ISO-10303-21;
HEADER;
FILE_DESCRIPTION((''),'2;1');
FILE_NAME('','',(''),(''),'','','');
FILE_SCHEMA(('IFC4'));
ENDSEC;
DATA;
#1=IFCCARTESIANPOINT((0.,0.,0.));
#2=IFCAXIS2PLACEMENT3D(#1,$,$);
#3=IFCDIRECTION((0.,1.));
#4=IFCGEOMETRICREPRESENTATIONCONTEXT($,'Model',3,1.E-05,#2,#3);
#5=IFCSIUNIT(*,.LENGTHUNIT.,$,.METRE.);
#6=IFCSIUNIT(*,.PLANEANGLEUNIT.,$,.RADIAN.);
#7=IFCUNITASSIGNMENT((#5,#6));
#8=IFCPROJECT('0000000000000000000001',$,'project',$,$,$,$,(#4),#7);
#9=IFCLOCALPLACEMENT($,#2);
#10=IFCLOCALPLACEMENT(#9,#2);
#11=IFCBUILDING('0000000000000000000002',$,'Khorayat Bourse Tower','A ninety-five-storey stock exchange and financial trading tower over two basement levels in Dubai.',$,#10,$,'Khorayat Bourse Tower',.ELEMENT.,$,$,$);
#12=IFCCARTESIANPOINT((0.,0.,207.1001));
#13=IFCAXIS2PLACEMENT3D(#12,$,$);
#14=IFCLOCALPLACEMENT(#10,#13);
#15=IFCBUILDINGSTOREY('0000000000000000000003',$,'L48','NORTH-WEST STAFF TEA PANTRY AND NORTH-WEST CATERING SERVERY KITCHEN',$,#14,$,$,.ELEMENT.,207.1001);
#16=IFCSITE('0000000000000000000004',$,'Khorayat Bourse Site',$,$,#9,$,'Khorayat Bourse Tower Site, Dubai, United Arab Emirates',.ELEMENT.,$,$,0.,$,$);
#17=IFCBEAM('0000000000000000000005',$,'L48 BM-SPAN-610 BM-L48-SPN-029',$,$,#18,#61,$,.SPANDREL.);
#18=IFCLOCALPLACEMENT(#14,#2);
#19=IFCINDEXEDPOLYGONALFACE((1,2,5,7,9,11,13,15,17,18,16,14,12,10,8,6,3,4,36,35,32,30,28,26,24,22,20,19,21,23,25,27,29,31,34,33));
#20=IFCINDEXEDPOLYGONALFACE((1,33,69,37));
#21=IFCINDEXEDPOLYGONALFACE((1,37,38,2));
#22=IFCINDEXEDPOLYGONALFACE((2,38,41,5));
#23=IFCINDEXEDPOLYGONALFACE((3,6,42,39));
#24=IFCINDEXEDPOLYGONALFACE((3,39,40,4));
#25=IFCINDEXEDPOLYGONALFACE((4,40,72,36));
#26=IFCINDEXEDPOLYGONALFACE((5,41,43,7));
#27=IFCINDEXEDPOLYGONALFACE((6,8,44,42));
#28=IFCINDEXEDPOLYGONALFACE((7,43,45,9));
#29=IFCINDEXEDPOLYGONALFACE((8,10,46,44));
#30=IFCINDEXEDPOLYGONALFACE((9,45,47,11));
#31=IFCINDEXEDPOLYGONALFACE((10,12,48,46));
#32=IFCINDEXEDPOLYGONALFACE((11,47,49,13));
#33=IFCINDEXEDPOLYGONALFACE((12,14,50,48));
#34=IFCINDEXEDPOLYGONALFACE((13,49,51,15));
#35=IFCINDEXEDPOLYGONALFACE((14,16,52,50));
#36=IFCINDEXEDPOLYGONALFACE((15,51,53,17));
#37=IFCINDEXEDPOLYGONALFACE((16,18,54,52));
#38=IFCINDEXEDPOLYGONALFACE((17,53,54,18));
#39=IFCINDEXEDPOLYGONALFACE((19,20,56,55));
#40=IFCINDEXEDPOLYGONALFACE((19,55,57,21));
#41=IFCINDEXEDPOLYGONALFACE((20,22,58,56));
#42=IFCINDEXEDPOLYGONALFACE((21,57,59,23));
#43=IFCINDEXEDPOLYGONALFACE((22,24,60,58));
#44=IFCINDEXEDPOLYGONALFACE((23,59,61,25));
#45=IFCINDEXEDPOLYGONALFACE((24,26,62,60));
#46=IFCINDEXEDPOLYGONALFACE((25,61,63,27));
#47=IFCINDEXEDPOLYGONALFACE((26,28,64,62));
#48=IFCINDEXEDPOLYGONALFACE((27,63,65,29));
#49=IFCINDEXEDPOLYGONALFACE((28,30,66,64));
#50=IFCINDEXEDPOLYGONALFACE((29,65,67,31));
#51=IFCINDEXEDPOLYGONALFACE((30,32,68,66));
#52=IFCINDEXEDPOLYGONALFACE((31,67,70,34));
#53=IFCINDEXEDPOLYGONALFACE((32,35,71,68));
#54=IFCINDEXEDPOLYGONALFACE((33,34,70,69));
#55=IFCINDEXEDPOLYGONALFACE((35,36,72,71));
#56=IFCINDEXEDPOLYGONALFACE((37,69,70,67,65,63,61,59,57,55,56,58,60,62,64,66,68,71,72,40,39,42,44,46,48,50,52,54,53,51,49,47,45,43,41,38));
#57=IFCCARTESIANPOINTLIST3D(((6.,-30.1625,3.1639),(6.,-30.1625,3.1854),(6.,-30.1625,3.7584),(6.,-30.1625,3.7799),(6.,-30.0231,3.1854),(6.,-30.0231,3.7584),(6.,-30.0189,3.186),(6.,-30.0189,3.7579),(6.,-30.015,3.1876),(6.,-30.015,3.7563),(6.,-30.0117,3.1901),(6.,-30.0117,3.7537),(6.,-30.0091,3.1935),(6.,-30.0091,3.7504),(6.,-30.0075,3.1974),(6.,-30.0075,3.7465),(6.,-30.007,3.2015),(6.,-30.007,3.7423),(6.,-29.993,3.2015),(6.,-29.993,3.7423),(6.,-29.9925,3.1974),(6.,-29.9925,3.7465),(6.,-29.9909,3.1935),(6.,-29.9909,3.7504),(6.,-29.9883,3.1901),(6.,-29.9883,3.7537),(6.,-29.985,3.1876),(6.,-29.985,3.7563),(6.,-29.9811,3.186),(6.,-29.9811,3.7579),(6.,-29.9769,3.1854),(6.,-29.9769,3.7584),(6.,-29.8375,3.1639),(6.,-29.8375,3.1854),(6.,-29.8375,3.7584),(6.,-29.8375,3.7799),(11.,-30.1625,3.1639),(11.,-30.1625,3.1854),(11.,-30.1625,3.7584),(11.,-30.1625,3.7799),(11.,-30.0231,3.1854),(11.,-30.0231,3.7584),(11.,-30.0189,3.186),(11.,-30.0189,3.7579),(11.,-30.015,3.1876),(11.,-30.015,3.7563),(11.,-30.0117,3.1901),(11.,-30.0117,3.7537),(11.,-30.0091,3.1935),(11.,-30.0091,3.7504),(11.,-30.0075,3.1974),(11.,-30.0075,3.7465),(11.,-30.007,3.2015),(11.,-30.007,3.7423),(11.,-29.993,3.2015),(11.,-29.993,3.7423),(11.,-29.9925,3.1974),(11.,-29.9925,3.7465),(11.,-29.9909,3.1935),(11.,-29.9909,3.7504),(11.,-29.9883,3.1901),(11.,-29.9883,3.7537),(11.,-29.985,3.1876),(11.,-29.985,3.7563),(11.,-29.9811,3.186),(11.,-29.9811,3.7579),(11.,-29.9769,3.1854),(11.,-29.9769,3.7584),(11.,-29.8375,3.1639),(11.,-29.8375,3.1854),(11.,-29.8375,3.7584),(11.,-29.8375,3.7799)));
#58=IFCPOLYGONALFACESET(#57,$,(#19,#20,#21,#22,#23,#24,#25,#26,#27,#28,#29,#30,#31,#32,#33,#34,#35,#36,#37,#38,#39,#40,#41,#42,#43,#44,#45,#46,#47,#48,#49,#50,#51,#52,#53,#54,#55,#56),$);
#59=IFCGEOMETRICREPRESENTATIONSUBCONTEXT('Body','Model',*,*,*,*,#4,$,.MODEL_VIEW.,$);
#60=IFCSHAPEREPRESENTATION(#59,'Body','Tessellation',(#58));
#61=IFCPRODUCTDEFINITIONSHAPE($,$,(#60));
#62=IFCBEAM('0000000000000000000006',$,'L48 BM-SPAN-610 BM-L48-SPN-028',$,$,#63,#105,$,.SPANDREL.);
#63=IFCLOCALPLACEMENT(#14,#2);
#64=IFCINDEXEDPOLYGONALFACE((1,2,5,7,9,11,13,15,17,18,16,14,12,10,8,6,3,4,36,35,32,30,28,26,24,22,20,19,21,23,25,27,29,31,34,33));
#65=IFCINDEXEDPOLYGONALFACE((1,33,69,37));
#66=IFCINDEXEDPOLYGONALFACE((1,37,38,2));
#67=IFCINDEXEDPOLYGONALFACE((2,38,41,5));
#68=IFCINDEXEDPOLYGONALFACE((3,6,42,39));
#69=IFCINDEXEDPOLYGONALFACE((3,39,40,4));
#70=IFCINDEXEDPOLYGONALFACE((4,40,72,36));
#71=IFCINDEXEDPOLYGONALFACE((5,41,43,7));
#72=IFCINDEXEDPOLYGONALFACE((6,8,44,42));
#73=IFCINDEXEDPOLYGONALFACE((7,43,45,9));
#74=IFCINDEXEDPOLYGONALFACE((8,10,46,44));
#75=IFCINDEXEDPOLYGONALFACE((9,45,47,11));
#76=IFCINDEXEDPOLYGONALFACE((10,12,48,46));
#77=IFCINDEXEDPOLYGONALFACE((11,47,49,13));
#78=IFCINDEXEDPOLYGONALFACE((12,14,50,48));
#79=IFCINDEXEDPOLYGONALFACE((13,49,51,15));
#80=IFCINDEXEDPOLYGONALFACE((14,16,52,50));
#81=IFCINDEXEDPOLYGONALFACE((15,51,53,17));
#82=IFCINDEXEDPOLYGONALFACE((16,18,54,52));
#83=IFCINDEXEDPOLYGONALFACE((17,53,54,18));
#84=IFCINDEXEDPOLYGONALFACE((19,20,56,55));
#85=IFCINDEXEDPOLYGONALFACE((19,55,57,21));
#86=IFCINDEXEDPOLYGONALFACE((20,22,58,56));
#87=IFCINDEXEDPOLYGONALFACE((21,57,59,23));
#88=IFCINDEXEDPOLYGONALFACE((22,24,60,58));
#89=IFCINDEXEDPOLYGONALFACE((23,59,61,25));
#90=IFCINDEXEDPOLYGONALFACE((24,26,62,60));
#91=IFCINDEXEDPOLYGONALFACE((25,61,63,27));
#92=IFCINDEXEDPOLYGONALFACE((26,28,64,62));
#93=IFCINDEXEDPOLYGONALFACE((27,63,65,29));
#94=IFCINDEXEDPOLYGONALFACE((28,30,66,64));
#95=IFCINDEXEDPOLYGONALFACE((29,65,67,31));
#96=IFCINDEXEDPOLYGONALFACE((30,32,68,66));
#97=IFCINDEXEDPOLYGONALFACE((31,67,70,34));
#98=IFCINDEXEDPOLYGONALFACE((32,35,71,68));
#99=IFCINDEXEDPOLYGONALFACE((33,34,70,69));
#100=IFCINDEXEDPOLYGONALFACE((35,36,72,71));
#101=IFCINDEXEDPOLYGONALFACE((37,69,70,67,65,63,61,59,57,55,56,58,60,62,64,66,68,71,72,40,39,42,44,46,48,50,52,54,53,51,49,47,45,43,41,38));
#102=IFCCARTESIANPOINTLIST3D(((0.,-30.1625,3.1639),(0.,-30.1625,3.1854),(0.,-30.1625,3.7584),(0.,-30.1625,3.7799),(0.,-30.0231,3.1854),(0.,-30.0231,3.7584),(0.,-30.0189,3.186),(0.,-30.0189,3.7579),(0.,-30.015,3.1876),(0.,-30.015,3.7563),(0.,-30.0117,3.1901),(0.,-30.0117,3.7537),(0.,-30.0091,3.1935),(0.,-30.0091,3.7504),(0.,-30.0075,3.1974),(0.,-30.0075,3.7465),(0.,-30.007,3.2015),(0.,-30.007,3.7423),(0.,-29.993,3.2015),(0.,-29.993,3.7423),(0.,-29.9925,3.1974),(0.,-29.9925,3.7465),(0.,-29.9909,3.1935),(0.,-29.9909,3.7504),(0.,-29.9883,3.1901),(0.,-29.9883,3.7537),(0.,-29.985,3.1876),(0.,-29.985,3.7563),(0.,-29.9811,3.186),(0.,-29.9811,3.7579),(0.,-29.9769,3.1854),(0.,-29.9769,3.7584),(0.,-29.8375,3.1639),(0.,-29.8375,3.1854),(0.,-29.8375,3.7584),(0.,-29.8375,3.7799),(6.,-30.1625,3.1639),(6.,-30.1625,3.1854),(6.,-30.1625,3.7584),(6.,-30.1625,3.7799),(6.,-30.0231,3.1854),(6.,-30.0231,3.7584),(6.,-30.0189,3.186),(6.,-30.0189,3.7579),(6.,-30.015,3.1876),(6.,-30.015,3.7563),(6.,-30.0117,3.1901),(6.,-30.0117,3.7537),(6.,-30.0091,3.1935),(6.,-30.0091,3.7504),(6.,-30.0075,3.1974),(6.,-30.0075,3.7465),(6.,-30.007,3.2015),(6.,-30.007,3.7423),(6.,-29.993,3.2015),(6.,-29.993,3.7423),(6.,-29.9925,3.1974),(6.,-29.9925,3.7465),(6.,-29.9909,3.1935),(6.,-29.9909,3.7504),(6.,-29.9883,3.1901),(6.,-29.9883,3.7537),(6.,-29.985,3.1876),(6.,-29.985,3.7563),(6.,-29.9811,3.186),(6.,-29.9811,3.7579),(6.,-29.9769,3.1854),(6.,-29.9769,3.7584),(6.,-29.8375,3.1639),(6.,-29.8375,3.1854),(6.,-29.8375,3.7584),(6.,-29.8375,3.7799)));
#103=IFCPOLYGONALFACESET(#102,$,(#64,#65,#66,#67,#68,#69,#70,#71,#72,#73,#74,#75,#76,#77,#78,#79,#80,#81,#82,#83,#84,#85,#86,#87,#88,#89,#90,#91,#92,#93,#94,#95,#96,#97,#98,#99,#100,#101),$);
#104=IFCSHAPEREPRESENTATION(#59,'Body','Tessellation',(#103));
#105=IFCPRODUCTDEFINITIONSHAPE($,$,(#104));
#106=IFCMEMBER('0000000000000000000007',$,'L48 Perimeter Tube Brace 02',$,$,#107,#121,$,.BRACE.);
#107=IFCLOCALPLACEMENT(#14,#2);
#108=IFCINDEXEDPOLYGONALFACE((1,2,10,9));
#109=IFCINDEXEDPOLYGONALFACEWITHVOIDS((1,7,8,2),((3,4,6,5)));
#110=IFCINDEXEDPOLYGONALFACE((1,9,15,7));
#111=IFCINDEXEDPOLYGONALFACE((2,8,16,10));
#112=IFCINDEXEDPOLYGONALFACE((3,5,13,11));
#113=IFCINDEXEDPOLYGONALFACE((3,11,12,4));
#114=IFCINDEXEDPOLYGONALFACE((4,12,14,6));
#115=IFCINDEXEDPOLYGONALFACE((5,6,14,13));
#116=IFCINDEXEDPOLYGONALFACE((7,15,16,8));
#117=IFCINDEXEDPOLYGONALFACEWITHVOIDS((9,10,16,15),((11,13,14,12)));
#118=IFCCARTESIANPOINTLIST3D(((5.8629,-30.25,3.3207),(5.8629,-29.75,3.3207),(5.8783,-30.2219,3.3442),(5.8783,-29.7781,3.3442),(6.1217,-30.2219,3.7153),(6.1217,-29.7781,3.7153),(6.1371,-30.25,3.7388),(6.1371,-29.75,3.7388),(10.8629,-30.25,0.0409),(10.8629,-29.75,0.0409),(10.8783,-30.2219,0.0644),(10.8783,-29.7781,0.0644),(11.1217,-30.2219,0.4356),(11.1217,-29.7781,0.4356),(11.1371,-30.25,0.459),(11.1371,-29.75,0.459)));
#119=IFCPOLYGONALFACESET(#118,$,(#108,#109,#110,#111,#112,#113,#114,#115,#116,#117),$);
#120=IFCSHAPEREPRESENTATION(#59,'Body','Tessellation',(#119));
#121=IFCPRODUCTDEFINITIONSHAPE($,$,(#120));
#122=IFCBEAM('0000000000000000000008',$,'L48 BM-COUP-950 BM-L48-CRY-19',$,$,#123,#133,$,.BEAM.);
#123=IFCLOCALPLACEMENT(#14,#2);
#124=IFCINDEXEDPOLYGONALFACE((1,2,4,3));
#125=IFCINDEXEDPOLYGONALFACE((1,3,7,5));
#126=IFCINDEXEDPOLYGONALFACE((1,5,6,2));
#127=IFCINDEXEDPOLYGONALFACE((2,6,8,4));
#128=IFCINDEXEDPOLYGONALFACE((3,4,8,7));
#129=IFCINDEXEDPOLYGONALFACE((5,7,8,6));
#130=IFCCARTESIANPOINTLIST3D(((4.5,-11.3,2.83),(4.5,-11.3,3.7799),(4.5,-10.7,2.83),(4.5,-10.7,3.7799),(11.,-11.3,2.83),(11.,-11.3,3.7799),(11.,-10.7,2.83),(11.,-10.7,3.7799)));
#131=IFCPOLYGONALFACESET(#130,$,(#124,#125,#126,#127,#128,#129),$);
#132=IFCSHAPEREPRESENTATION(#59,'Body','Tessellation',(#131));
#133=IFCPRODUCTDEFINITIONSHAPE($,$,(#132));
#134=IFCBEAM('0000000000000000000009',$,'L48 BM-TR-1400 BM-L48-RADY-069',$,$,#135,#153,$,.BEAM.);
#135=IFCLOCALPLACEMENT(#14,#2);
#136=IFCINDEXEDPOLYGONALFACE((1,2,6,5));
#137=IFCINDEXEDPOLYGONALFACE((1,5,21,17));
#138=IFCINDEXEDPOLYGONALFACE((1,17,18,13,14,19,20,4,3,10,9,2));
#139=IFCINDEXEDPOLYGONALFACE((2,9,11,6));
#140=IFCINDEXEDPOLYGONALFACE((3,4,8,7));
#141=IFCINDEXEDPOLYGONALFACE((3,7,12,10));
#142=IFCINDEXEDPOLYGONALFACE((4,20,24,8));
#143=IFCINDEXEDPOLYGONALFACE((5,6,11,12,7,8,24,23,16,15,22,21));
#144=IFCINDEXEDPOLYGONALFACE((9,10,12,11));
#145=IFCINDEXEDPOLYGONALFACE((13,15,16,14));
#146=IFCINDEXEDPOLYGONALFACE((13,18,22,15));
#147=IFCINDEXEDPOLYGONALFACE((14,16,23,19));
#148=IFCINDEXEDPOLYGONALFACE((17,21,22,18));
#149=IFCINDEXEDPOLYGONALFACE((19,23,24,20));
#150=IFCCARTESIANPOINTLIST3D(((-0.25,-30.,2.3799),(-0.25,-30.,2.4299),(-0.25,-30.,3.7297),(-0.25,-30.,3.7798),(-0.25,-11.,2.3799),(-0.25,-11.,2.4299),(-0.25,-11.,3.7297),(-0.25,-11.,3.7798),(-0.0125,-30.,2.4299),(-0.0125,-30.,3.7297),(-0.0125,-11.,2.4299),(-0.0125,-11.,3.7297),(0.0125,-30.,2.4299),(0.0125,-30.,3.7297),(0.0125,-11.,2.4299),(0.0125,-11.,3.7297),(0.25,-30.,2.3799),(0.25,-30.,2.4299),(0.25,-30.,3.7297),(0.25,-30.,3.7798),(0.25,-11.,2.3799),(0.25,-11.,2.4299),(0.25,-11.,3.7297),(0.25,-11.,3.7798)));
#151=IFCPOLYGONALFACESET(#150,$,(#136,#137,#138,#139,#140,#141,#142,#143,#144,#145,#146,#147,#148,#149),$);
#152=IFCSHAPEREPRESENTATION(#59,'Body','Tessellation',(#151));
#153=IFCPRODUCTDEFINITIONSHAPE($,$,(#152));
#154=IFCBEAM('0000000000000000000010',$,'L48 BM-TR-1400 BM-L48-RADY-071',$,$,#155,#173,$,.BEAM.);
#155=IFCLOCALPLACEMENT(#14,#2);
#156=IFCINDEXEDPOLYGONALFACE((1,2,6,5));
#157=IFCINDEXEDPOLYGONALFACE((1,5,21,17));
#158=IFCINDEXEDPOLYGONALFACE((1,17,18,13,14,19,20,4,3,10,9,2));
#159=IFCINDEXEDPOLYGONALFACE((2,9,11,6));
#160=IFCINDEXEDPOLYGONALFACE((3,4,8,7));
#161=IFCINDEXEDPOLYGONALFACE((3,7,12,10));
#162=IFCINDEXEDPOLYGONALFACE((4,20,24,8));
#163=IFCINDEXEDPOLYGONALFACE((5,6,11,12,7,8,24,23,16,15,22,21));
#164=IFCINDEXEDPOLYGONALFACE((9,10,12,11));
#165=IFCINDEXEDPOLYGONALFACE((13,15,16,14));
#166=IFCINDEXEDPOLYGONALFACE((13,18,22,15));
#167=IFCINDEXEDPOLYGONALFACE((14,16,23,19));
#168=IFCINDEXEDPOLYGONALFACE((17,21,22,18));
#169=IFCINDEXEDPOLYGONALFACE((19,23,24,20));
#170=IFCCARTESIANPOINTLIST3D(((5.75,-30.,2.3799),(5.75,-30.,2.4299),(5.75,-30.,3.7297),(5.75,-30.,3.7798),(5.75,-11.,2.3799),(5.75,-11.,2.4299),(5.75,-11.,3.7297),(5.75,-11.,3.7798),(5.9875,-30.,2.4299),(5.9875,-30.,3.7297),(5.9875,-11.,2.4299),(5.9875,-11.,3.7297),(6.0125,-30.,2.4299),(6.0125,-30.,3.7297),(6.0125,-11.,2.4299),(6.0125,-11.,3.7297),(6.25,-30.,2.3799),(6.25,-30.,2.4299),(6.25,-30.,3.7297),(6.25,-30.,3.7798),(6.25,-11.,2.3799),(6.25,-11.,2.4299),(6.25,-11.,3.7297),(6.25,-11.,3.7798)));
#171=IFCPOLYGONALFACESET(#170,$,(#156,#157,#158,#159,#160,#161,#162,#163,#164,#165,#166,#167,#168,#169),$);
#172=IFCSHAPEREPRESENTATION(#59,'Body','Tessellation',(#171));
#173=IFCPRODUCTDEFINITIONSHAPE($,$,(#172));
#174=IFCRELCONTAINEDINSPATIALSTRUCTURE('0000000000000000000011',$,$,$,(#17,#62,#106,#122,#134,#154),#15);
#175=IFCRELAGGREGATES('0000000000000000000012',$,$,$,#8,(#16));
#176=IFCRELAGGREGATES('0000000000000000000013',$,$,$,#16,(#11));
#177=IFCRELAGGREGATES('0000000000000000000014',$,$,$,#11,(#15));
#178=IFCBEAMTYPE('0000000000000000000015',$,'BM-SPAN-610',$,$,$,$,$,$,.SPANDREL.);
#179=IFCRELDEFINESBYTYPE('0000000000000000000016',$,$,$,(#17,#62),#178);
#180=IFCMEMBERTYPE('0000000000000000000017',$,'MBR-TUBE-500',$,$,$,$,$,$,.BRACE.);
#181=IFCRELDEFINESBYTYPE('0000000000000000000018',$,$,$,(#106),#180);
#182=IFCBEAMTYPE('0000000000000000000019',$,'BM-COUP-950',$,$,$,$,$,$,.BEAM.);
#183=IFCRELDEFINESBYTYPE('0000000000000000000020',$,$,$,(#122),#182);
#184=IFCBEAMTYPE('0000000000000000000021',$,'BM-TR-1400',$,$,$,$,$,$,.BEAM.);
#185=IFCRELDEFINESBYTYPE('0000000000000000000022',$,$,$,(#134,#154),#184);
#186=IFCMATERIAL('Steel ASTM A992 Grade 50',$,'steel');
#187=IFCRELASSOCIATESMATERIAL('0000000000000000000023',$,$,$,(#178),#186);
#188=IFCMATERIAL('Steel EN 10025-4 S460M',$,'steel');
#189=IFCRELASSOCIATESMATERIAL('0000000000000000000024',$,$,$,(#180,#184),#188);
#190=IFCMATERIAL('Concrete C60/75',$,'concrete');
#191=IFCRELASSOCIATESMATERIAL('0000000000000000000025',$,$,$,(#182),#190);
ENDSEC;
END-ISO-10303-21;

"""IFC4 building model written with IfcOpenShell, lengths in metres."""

from ifc_helpers import new_model, si_unit, direction, frame, origin, origin_2d, place, context, subcontext, project, spatial, rectangle, hollow_rectangle, i_section, extrude, source, transform, mapped, material, material_profile, profile_set, type_object, element, save


model = new_model("IFC4")

# Units and contexts
model_context = context("Model", 3, precision=1e-05, world=origin(), true_north=direction((0.0, 1.0)))
body_context = subcontext(model_context, "Body", "Model", "MODEL_VIEW")
ifc_project = project(units=[si_unit("LENGTHUNIT", "METRE"), si_unit("PLANEANGLEUNIT", "RADIAN")], contexts=[model_context])

# Site, building, storey
site_placement = place(None, origin())
site = spatial("IfcSite", under=ifc_project, at=site_placement, Name="Khorayat Bourse Site", LongName="Khorayat Bourse Tower Site, Dubai, United Arab Emirates", CompositionType="ELEMENT", RefElevation=0.0)
building_placement = place(site_placement, origin())
building = spatial("IfcBuilding", under=site, at=building_placement, Name="Khorayat Bourse Tower", Description="A ninety-five-storey stock exchange and financial trading tower over two basement levels in Dubai.", LongName="Khorayat Bourse Tower", CompositionType="ELEMENT")
storey_placement = place(building_placement, frame((0.0, 0.0, 207.1001)))
storey = spatial("IfcBuildingStorey", under=building, at=storey_placement, Name="L48", Description="NORTH-WEST STAFF TEA PANTRY AND NORTH-WEST CATERING SERVERY KITCHEN", CompositionType="ELEMENT", Elevation=207.1001)

# Shared definitions
ifc_material_1 = material(Name="Steel EN 10025-4 S460M", Category="steel")
ifc_material_2 = material(Name="Concrete C60/75", Category="concrete")

# Beams
ifc_material_3 = material(Name="Steel ASTM A992 Grade 50", Category="steel")
ifc_material_profile_1 = material_profile(ifc_material_3, i_section(OverallWidth=0.325, OverallDepth=0.616, WebThickness=0.0139, FlangeThickness=0.0215, FilletRadius=0.0161, at=origin_2d()), Name="W610X174")
ifc_profile_set_1 = profile_set([ifc_material_profile_1], Name="Steel ASTM A992 Grade 50")
beam_type_1 = type_object("IfcBeamType", Name="BM-SPAN-610", PredefinedType="SPANDREL", material=ifc_profile_set_1)
shared_shape_1 = source(origin(), body_context, "Body", "SweptSolid", [
    extrude(i_section(OverallWidth=0.325, OverallDepth=0.616, WebThickness=0.0139, FlangeThickness=0.0215, FilletRadius=0.0161, at=origin_2d()), origin(), (0.0, 0.0, 1.0), 5.0),
])
beam_1_placement = place(storey_placement, frame((6.0, -30.0, 3.4719), z_axis=(1.0, 0.0, 0.0), x_axis=(0.0, 1.0, 0.0)))
element("IfcBeam", 1, at=beam_1_placement, inside=storey, type_object=beam_type_1, Name="L48 BM-SPAN-610 BM-L48-SPN-029", PredefinedType="SPANDREL", context=body_context, shape_type="MappedRepresentation", body=[
    mapped(shared_shape_1, transform((0.0, 0.0, 0.0), scale=1.0)),
])
shared_shape_2 = source(origin(), body_context, "Body", "SweptSolid", [
    extrude(i_section(OverallWidth=0.325, OverallDepth=0.616, WebThickness=0.0139, FlangeThickness=0.0215, FilletRadius=0.0161, at=origin_2d()), origin(), (0.0, 0.0, 1.0), 6.0),
])
beam_2_placement = place(storey_placement, frame((0.0, -30.0, 3.4719), z_axis=(1.0, 0.0, 0.0), x_axis=(0.0, 1.0, 0.0)))
element("IfcBeam", 2, at=beam_2_placement, inside=storey, type_object=beam_type_1, Name="L48 BM-SPAN-610 BM-L48-SPN-028", PredefinedType="SPANDREL", context=body_context, shape_type="MappedRepresentation", body=[
    mapped(shared_shape_2, transform((0.0, 0.0, 0.0), scale=1.0)),
])

# Member
ifc_material_profile_2 = material_profile(ifc_material_1, hollow_rectangle(XDim=0.5, YDim=0.5, WallThickness=0.0281, at=origin_2d()), Name="HSS 500x500x28")
ifc_profile_set_2 = profile_set([ifc_material_profile_2], Name="Steel EN 10025-4 S460M")
member_type_1 = type_object("IfcMemberType", Name="MBR-TUBE-500", PredefinedType="BRACE", material=ifc_profile_set_2)
shared_shape_3 = source(origin(), body_context, "Body", "SweptSolid", [
    extrude(hollow_rectangle(XDim=0.5, YDim=0.5, WallThickness=0.0281, at=origin_2d()), origin(), (0.0, 0.0, 1.0), 5.9797),
])
member_1_placement = place(storey_placement, frame((6.0, -30.0, 3.5298), z_axis=(0.83616, 0.0, -0.548485), x_axis=(0.0, 1.0, 0.0)))
element("IfcMember", 3, at=member_1_placement, inside=storey, type_object=member_type_1, Name="L48 Perimeter Tube Brace 02", PredefinedType="BRACE", context=body_context, shape_type="MappedRepresentation", body=[
    mapped(shared_shape_3, transform((0.0, 0.0, 0.0), scale=1.0)),
])

# Beams
ifc_material_profile_3 = material_profile(ifc_material_2, rectangle(XDim=0.6001, YDim=0.95, at=origin_2d()), Name="RC 600x950")
ifc_profile_set_3 = profile_set([ifc_material_profile_3], Name="Concrete C60/75")
beam_type_2 = type_object("IfcBeamType", Name="BM-COUP-950", PredefinedType="BEAM", material=ifc_profile_set_3)
shared_shape_4 = source(origin(), body_context, "Body", "SweptSolid", [
    extrude(rectangle(XDim=0.6001, YDim=0.95, at=origin_2d()), origin(), (0.0, 0.0, 1.0), 6.5),
])
beam_3_placement = place(storey_placement, frame((4.5, -11.0, 3.3049), z_axis=(1.0, 0.0, 0.0), x_axis=(0.0, 1.0, 0.0)))
element("IfcBeam", 4, at=beam_3_placement, inside=storey, type_object=beam_type_2, Name="L48 BM-COUP-950 BM-L48-CRY-19", PredefinedType="BEAM", context=body_context, shape_type="MappedRepresentation", body=[
    mapped(shared_shape_4, transform((0.0, 0.0, 0.0), scale=1.0)),
])
ifc_material_profile_4 = material_profile(ifc_material_1, i_section(OverallWidth=0.5, OverallDepth=1.3999, WebThickness=0.0249, FlangeThickness=0.05, at=origin_2d()), Name="PG 1400x500x25x50")
ifc_profile_set_4 = profile_set([ifc_material_profile_4], Name="Steel EN 10025-4 S460M")
beam_type_3 = type_object("IfcBeamType", Name="BM-TR-1400", PredefinedType="BEAM", material=ifc_profile_set_4)
shared_shape_5 = source(origin(), body_context, "Body", "SweptSolid", [
    extrude(i_section(OverallWidth=0.5, OverallDepth=1.3999, WebThickness=0.0249, FlangeThickness=0.05, at=origin_2d()), origin(), (0.0, 0.0, 1.0), 19.0),
])
for number, where, z_axis, x_axis, name in (
    (5, (0.0, -30.0, 3.0798), (0.0, 1.0, 0.0), (-1.0, 0.0, 0.0), "L48 BM-TR-1400 BM-L48-RADY-069"),
    (6, (6.0, -30.0, 3.0798), (0.0, 1.0, 0.0), (-1.0, 0.0, 0.0), "L48 BM-TR-1400 BM-L48-RADY-071"),
):
    element("IfcBeam", number, at=place(storey_placement, frame(where, z_axis=z_axis, x_axis=x_axis)), inside=storey, type_object=beam_type_3, Name=name, PredefinedType="BEAM", context=body_context, shape_type="MappedRepresentation", body=[
        mapped(shared_shape_5, transform((0.0, 0.0, 0.0), scale=1.0)),
    ])

save(model, "model.ifc")
